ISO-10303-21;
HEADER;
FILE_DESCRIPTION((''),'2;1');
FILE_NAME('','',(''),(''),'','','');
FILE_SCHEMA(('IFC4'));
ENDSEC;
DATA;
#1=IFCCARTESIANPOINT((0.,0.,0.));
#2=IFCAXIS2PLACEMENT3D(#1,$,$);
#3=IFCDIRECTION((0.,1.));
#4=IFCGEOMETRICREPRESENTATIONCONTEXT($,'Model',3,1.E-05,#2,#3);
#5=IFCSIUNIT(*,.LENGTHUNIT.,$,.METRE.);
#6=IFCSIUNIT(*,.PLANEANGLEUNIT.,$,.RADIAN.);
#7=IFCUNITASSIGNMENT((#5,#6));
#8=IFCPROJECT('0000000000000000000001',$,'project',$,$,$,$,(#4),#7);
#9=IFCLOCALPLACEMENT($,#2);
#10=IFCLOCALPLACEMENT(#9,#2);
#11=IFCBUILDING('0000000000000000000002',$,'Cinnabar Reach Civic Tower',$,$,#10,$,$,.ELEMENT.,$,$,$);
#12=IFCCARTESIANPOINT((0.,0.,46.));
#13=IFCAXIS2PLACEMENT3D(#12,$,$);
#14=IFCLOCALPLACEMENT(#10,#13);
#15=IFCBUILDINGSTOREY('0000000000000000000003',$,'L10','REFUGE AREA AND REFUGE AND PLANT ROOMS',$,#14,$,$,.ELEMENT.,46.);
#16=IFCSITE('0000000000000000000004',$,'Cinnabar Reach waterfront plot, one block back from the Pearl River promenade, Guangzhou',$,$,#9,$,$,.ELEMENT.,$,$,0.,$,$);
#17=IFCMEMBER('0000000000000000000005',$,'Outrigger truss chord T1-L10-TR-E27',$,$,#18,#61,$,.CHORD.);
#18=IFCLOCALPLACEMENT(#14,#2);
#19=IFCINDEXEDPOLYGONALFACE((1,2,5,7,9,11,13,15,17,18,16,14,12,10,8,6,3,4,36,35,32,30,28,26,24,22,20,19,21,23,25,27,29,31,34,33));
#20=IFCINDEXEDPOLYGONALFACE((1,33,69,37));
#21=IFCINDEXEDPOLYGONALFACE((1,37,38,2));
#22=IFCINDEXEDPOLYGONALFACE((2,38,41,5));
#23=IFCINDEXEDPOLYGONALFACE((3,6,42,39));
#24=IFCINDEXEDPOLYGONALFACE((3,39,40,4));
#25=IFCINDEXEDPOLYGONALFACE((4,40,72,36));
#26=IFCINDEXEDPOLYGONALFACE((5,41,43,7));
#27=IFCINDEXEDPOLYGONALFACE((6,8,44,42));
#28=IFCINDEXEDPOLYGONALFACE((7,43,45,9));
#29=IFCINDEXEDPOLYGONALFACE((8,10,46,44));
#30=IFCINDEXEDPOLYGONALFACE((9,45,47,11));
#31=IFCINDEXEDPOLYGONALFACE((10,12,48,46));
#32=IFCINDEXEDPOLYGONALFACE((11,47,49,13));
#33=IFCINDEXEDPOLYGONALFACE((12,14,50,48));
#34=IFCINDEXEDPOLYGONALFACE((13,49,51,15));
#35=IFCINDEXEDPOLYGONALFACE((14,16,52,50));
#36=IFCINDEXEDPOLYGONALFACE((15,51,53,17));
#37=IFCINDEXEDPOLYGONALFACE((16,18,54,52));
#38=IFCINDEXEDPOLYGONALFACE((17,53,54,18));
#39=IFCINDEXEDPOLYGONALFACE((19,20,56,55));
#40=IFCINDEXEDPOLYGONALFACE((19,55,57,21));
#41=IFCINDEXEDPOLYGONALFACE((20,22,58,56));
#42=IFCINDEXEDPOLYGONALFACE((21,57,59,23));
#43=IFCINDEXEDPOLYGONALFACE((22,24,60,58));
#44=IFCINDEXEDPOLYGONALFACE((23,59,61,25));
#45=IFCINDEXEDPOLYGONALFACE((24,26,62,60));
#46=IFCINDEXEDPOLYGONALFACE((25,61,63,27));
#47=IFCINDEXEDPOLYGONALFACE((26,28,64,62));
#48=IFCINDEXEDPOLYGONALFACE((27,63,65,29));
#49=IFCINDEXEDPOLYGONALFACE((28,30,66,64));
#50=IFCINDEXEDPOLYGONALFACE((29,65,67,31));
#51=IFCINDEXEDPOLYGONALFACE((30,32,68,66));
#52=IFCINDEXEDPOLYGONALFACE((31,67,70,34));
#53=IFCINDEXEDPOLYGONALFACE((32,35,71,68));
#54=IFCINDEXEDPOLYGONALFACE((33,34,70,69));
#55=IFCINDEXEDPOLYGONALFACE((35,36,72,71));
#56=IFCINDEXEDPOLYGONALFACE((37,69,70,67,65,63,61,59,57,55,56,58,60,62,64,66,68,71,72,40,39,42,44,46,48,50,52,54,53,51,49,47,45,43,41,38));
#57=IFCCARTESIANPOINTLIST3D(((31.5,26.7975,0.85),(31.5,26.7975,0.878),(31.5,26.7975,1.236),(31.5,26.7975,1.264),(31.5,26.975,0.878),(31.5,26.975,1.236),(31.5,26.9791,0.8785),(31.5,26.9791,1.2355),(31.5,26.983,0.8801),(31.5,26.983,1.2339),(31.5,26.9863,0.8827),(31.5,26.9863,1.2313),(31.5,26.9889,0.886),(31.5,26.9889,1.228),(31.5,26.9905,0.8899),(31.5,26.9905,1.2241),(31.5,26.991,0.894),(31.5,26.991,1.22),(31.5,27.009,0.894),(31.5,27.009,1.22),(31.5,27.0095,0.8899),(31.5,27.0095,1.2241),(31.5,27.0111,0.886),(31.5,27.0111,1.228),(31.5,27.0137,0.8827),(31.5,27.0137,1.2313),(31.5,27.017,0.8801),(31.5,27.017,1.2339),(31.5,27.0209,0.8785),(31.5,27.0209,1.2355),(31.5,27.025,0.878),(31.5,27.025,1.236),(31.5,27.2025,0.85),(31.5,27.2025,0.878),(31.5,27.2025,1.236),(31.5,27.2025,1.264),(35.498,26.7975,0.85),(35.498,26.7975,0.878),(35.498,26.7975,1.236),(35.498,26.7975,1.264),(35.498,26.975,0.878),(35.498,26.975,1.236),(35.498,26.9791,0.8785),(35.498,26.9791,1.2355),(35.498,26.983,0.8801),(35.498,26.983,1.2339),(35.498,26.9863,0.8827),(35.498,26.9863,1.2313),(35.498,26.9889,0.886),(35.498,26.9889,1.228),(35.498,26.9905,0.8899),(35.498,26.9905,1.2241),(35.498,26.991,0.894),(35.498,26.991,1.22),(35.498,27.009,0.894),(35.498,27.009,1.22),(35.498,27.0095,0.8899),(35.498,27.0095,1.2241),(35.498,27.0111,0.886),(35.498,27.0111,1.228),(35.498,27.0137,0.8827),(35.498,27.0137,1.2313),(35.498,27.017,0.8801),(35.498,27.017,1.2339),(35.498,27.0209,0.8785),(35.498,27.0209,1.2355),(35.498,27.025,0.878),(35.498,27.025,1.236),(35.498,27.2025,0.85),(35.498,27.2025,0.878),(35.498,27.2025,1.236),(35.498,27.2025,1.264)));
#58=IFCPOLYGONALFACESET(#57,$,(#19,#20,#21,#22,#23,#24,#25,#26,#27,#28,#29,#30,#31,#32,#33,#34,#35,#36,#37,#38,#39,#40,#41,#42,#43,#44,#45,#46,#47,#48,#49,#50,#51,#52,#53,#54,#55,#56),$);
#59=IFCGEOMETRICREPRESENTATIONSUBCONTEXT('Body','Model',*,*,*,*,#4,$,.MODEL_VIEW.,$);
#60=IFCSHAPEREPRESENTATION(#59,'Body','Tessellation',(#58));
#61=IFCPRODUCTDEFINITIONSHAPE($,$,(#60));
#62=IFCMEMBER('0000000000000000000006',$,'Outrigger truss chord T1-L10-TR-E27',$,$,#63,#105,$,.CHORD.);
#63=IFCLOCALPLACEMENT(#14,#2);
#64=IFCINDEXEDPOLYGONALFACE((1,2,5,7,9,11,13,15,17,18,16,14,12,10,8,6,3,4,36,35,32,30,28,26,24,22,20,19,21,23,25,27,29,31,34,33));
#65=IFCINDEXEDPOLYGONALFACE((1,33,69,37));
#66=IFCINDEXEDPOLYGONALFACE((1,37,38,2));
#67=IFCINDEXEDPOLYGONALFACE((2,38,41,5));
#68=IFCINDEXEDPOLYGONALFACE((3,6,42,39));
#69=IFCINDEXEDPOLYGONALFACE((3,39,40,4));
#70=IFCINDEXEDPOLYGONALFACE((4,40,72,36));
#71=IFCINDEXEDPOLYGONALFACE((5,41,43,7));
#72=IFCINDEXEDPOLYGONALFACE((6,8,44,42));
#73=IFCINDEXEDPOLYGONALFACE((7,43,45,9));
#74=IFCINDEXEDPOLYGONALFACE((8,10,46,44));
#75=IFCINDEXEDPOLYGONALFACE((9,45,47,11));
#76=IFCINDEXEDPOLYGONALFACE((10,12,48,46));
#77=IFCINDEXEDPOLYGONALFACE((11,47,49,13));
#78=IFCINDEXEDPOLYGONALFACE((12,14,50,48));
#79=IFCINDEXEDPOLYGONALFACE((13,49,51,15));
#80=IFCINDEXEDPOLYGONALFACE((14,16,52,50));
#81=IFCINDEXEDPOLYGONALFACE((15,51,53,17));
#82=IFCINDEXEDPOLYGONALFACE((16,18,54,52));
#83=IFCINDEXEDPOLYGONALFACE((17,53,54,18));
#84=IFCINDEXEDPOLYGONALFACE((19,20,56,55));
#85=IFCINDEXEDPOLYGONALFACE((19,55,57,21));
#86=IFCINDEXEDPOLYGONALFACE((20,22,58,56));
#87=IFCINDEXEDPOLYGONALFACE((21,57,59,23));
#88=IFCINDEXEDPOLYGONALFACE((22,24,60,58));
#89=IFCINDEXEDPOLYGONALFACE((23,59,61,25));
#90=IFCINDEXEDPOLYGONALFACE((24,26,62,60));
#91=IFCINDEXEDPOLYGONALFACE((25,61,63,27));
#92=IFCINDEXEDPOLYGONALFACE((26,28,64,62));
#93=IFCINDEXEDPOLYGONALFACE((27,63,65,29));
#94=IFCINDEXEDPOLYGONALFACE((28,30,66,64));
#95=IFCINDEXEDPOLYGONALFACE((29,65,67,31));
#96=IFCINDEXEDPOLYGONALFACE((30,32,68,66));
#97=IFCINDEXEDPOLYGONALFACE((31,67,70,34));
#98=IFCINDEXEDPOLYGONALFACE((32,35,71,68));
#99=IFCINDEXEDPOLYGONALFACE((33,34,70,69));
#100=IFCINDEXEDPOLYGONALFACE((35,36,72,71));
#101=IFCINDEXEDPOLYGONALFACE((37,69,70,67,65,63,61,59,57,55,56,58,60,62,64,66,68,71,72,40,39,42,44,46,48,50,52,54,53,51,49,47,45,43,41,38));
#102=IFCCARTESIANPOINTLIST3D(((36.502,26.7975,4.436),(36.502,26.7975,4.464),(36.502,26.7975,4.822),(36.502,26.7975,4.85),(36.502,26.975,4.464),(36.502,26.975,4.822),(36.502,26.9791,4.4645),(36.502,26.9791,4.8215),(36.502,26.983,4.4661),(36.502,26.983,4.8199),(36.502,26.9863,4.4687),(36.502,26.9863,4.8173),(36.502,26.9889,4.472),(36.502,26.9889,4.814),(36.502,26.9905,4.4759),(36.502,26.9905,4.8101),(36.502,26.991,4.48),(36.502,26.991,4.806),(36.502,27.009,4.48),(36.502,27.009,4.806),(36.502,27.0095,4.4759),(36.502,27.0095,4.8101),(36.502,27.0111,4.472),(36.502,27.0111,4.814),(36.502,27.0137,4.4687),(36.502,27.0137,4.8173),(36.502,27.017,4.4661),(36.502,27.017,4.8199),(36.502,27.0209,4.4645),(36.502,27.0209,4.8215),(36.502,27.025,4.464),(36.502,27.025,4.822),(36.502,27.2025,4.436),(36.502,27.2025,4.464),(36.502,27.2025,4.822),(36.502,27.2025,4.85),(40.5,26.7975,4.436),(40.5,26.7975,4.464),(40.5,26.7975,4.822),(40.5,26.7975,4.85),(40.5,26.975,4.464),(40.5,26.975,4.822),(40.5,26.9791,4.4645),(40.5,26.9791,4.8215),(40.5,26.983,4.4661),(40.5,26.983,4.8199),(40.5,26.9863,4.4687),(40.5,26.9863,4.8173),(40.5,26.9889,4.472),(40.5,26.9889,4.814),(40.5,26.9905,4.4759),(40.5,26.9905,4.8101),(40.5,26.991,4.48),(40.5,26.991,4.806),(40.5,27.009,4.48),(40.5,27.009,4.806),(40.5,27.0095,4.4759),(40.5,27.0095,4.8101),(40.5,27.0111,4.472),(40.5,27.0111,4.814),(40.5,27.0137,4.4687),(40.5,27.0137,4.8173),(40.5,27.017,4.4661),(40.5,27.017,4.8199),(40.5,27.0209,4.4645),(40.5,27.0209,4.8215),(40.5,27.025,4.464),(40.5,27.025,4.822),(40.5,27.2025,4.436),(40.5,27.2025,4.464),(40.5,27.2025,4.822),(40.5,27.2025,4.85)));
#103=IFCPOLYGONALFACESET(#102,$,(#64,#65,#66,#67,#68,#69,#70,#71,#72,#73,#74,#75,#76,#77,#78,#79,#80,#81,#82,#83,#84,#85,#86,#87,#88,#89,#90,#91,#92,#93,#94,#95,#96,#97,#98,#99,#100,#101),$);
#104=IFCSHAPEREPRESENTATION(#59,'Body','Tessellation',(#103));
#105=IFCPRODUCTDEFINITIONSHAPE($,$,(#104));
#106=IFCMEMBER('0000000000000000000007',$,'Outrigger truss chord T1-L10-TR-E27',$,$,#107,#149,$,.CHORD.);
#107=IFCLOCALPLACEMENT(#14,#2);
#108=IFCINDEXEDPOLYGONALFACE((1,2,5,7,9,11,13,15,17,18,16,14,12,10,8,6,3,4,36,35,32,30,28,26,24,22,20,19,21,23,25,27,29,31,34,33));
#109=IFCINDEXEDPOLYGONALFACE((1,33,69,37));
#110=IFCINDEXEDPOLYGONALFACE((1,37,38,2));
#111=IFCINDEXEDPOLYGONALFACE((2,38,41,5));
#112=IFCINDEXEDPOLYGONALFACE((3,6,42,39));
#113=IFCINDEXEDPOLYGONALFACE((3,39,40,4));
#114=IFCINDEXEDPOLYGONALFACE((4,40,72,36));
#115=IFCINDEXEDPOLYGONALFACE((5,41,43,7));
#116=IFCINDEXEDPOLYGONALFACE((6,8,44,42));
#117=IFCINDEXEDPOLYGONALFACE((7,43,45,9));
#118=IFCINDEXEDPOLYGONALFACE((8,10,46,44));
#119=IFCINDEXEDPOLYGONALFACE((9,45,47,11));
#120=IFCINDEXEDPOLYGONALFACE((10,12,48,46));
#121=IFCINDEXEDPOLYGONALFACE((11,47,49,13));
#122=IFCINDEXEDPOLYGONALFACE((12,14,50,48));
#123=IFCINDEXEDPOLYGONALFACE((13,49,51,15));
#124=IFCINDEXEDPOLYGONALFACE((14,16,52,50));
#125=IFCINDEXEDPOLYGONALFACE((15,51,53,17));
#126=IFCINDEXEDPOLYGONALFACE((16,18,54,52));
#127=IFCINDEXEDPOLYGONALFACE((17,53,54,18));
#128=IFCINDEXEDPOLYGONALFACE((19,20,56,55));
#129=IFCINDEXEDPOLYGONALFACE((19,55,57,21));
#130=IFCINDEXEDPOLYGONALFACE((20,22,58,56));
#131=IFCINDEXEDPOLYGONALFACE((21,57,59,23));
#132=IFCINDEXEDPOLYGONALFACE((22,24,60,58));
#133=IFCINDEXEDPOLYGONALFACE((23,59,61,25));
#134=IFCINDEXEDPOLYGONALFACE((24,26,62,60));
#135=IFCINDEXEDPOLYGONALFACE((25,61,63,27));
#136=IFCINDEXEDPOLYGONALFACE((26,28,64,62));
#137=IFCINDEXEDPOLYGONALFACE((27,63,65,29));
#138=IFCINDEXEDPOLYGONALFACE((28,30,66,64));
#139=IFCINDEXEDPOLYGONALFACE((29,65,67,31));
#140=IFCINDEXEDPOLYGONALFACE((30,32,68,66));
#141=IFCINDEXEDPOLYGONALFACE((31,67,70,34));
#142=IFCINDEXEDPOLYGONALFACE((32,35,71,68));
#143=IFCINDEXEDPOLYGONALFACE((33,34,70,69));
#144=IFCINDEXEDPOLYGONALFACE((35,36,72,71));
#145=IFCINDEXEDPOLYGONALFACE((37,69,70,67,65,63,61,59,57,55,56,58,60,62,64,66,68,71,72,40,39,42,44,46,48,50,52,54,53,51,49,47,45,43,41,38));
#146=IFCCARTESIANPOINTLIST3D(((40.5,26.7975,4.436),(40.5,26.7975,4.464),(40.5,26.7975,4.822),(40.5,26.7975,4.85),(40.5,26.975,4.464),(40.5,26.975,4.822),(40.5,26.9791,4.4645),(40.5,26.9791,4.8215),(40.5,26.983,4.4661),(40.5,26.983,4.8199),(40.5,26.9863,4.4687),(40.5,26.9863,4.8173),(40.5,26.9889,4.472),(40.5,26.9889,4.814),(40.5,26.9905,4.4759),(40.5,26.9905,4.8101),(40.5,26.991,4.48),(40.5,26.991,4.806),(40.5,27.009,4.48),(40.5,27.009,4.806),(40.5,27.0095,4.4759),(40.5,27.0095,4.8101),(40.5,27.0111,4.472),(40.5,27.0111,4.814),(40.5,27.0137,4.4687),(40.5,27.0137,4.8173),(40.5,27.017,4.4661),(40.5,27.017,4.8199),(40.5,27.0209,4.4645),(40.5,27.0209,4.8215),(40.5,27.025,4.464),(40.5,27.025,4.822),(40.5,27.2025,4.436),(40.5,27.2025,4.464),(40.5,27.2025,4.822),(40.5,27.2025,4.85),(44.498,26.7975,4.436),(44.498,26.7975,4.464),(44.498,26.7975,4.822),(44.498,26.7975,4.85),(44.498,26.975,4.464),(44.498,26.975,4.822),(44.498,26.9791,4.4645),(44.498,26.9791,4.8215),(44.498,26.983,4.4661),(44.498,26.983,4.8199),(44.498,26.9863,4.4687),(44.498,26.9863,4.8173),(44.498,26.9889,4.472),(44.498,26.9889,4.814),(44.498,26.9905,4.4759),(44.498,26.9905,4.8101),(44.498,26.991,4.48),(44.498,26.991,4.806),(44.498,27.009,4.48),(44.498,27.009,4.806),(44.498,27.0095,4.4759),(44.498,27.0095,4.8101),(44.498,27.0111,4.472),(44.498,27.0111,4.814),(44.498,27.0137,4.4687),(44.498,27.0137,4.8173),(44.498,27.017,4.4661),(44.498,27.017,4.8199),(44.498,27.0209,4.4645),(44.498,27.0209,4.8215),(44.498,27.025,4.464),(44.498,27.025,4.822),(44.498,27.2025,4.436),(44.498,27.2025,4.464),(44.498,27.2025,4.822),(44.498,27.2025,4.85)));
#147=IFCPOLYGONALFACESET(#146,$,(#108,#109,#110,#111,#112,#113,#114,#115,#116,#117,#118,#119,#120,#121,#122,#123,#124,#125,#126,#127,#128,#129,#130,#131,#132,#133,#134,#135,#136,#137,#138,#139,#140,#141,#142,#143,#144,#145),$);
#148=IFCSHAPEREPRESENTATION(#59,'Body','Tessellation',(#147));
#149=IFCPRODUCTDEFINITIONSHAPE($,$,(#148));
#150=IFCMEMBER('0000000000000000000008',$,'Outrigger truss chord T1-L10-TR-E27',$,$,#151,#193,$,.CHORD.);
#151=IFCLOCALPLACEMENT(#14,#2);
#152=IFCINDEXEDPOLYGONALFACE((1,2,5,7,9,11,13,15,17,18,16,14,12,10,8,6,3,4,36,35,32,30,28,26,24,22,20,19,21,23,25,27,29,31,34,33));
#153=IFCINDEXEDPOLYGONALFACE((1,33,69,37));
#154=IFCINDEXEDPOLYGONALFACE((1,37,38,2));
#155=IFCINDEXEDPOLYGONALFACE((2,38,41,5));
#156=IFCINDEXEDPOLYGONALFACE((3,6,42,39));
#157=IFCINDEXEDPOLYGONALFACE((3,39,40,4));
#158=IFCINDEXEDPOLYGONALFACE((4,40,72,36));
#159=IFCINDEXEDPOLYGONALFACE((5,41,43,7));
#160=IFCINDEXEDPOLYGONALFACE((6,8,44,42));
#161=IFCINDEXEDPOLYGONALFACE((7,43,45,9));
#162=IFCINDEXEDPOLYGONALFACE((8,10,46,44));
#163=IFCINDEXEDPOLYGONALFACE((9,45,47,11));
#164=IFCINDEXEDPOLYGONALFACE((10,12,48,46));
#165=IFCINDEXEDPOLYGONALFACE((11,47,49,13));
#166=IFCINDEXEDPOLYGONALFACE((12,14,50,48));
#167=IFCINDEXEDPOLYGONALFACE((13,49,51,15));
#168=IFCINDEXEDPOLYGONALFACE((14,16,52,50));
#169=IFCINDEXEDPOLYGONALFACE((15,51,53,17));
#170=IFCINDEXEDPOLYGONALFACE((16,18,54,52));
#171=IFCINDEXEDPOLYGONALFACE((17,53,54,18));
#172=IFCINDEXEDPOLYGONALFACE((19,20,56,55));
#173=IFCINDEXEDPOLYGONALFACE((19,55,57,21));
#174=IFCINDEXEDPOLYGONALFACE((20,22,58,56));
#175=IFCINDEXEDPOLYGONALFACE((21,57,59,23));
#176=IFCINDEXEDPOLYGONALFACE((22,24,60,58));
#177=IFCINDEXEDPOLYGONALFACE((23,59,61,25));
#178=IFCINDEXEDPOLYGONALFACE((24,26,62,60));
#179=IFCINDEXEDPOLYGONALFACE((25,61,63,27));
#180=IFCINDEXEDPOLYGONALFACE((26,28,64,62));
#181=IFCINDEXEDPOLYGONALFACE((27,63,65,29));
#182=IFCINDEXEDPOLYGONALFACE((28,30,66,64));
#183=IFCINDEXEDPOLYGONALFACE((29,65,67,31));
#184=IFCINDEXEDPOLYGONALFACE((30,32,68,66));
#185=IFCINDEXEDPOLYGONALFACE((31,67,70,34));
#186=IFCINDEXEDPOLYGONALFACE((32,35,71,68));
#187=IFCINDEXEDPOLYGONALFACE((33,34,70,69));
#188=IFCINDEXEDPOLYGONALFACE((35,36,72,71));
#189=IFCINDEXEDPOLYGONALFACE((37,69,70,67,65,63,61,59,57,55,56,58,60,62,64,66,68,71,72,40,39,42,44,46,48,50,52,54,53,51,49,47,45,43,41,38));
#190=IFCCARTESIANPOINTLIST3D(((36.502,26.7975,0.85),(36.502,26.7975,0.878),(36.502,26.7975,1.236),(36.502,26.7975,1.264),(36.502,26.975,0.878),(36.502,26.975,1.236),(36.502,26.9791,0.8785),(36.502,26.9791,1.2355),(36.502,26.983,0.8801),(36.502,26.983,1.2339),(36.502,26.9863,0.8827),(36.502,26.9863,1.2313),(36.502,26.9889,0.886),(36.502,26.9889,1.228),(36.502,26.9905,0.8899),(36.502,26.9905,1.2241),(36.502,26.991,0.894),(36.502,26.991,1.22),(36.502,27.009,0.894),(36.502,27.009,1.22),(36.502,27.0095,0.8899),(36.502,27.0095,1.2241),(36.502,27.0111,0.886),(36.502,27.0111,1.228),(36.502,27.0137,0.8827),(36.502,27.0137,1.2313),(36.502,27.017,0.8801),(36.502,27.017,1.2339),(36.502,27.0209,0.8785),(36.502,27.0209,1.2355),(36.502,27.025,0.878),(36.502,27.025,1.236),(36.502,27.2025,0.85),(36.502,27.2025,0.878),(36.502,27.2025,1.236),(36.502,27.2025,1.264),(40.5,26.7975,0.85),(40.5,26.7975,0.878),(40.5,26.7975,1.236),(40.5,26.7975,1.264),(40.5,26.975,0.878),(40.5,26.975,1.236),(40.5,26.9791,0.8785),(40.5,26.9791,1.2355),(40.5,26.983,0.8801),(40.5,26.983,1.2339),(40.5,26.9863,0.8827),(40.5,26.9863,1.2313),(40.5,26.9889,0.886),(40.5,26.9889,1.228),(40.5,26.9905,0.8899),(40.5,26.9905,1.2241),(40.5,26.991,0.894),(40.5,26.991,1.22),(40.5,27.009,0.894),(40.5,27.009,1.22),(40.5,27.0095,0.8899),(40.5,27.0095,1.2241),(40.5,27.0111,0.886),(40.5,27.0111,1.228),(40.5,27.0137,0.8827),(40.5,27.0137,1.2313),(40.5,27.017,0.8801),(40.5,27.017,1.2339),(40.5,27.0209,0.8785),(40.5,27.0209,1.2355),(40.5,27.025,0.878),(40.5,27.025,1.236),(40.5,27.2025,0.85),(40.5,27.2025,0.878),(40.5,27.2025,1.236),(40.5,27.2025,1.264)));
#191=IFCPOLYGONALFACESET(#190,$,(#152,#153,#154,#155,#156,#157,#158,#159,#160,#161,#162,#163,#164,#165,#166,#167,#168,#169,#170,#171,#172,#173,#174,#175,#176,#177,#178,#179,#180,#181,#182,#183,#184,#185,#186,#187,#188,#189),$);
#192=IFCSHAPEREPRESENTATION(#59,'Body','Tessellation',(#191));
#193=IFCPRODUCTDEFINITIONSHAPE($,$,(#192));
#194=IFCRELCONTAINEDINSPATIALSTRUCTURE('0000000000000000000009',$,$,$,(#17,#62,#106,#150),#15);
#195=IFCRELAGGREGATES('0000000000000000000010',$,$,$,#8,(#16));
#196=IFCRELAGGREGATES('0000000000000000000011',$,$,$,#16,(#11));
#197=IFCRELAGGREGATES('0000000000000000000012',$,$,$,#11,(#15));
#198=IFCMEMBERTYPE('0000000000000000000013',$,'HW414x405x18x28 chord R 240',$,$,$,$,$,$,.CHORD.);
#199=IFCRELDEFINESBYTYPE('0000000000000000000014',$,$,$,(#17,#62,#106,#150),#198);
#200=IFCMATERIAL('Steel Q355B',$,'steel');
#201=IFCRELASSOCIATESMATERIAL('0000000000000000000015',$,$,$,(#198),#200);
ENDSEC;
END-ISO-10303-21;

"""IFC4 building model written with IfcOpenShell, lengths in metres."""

from ifc_helpers import new_model, si_unit, direction, frame, origin, origin_2d, place, context, subcontext, project, spatial, i_section, extrude, material, material_profile, profile_set, type_object, element, save


model = new_model("IFC4")

# Units and contexts
model_context = context("Model", 3, precision=1e-05, world=origin(), true_north=direction((0.0, 1.0)))
body_context = subcontext(model_context, "Body", "Model", "MODEL_VIEW")
ifc_project = project(units=[si_unit("LENGTHUNIT", "METRE"), si_unit("PLANEANGLEUNIT", "RADIAN")], contexts=[model_context])

# Site, building, storey
site_placement = place(None, origin())
site = spatial("IfcSite", under=ifc_project, at=site_placement, Name="Cinnabar Reach waterfront plot, one block back from the Pearl River promenade, Guangzhou", CompositionType="ELEMENT", RefElevation=0.0)
building_placement = place(site_placement, origin())
building = spatial("IfcBuilding", under=site, at=building_placement, Name="Cinnabar Reach Civic Tower", CompositionType="ELEMENT")
storey_placement = place(building_placement, frame((0.0, 0.0, 46.0)))
storey = spatial("IfcBuildingStorey", under=building, at=storey_placement, Name="L10", Description="REFUGE AREA AND REFUGE AND PLANT ROOMS", CompositionType="ELEMENT", Elevation=46.0)

# Shared definitions
ifc_material_1 = material(Name="Steel Q355B", Category="steel")

# Members
ifc_material_profile_1 = material_profile(ifc_material_1, i_section(OverallWidth=0.405, OverallDepth=0.414, WebThickness=0.018, FlangeThickness=0.028, FilletRadius=0.016, at=origin_2d()), Name="HW414x405x18x28")
ifc_profile_set_1 = profile_set([ifc_material_profile_1], Name="Steel Q355B")
member_type_1 = type_object("IfcMemberType", Name="HW414x405x18x28 chord R 240", PredefinedType="CHORD", material=ifc_profile_set_1)
for number, where, z_axis, x_axis, name in (
    (1, (31.5, 27.0, 1.057), (1.0, 0.0, 0.0), (0.0, 1.0, 0.0), "Outrigger truss chord T1-L10-TR-E27"),
    (2, (36.502, 27.0, 4.643), (1.0, 0.0, 0.0), (0.0, 1.0, 0.0), "Outrigger truss chord T1-L10-TR-E27"),
    (3, (40.5, 27.0, 4.643), (1.0, 0.0, 0.0), (0.0, 1.0, 0.0), "Outrigger truss chord T1-L10-TR-E27"),
    (4, (36.502, 27.0, 1.057), (1.0, 0.0, 0.0), (0.0, 1.0, 0.0), "Outrigger truss chord T1-L10-TR-E27"),
):
    element("IfcMember", number, at=place(storey_placement, frame(where, z_axis=z_axis, x_axis=x_axis)), inside=storey, type_object=member_type_1, Name=name, PredefinedType="CHORD", context=body_context, shape_type="SweptSolid", body=[
        extrude(i_section(OverallWidth=0.405, OverallDepth=0.414, WebThickness=0.018, FlangeThickness=0.028, FilletRadius=0.016, at=origin_2d()), origin(), (0.0, 0.0, 1.0), 3.998),
    ])

save(model, "model.ifc")
